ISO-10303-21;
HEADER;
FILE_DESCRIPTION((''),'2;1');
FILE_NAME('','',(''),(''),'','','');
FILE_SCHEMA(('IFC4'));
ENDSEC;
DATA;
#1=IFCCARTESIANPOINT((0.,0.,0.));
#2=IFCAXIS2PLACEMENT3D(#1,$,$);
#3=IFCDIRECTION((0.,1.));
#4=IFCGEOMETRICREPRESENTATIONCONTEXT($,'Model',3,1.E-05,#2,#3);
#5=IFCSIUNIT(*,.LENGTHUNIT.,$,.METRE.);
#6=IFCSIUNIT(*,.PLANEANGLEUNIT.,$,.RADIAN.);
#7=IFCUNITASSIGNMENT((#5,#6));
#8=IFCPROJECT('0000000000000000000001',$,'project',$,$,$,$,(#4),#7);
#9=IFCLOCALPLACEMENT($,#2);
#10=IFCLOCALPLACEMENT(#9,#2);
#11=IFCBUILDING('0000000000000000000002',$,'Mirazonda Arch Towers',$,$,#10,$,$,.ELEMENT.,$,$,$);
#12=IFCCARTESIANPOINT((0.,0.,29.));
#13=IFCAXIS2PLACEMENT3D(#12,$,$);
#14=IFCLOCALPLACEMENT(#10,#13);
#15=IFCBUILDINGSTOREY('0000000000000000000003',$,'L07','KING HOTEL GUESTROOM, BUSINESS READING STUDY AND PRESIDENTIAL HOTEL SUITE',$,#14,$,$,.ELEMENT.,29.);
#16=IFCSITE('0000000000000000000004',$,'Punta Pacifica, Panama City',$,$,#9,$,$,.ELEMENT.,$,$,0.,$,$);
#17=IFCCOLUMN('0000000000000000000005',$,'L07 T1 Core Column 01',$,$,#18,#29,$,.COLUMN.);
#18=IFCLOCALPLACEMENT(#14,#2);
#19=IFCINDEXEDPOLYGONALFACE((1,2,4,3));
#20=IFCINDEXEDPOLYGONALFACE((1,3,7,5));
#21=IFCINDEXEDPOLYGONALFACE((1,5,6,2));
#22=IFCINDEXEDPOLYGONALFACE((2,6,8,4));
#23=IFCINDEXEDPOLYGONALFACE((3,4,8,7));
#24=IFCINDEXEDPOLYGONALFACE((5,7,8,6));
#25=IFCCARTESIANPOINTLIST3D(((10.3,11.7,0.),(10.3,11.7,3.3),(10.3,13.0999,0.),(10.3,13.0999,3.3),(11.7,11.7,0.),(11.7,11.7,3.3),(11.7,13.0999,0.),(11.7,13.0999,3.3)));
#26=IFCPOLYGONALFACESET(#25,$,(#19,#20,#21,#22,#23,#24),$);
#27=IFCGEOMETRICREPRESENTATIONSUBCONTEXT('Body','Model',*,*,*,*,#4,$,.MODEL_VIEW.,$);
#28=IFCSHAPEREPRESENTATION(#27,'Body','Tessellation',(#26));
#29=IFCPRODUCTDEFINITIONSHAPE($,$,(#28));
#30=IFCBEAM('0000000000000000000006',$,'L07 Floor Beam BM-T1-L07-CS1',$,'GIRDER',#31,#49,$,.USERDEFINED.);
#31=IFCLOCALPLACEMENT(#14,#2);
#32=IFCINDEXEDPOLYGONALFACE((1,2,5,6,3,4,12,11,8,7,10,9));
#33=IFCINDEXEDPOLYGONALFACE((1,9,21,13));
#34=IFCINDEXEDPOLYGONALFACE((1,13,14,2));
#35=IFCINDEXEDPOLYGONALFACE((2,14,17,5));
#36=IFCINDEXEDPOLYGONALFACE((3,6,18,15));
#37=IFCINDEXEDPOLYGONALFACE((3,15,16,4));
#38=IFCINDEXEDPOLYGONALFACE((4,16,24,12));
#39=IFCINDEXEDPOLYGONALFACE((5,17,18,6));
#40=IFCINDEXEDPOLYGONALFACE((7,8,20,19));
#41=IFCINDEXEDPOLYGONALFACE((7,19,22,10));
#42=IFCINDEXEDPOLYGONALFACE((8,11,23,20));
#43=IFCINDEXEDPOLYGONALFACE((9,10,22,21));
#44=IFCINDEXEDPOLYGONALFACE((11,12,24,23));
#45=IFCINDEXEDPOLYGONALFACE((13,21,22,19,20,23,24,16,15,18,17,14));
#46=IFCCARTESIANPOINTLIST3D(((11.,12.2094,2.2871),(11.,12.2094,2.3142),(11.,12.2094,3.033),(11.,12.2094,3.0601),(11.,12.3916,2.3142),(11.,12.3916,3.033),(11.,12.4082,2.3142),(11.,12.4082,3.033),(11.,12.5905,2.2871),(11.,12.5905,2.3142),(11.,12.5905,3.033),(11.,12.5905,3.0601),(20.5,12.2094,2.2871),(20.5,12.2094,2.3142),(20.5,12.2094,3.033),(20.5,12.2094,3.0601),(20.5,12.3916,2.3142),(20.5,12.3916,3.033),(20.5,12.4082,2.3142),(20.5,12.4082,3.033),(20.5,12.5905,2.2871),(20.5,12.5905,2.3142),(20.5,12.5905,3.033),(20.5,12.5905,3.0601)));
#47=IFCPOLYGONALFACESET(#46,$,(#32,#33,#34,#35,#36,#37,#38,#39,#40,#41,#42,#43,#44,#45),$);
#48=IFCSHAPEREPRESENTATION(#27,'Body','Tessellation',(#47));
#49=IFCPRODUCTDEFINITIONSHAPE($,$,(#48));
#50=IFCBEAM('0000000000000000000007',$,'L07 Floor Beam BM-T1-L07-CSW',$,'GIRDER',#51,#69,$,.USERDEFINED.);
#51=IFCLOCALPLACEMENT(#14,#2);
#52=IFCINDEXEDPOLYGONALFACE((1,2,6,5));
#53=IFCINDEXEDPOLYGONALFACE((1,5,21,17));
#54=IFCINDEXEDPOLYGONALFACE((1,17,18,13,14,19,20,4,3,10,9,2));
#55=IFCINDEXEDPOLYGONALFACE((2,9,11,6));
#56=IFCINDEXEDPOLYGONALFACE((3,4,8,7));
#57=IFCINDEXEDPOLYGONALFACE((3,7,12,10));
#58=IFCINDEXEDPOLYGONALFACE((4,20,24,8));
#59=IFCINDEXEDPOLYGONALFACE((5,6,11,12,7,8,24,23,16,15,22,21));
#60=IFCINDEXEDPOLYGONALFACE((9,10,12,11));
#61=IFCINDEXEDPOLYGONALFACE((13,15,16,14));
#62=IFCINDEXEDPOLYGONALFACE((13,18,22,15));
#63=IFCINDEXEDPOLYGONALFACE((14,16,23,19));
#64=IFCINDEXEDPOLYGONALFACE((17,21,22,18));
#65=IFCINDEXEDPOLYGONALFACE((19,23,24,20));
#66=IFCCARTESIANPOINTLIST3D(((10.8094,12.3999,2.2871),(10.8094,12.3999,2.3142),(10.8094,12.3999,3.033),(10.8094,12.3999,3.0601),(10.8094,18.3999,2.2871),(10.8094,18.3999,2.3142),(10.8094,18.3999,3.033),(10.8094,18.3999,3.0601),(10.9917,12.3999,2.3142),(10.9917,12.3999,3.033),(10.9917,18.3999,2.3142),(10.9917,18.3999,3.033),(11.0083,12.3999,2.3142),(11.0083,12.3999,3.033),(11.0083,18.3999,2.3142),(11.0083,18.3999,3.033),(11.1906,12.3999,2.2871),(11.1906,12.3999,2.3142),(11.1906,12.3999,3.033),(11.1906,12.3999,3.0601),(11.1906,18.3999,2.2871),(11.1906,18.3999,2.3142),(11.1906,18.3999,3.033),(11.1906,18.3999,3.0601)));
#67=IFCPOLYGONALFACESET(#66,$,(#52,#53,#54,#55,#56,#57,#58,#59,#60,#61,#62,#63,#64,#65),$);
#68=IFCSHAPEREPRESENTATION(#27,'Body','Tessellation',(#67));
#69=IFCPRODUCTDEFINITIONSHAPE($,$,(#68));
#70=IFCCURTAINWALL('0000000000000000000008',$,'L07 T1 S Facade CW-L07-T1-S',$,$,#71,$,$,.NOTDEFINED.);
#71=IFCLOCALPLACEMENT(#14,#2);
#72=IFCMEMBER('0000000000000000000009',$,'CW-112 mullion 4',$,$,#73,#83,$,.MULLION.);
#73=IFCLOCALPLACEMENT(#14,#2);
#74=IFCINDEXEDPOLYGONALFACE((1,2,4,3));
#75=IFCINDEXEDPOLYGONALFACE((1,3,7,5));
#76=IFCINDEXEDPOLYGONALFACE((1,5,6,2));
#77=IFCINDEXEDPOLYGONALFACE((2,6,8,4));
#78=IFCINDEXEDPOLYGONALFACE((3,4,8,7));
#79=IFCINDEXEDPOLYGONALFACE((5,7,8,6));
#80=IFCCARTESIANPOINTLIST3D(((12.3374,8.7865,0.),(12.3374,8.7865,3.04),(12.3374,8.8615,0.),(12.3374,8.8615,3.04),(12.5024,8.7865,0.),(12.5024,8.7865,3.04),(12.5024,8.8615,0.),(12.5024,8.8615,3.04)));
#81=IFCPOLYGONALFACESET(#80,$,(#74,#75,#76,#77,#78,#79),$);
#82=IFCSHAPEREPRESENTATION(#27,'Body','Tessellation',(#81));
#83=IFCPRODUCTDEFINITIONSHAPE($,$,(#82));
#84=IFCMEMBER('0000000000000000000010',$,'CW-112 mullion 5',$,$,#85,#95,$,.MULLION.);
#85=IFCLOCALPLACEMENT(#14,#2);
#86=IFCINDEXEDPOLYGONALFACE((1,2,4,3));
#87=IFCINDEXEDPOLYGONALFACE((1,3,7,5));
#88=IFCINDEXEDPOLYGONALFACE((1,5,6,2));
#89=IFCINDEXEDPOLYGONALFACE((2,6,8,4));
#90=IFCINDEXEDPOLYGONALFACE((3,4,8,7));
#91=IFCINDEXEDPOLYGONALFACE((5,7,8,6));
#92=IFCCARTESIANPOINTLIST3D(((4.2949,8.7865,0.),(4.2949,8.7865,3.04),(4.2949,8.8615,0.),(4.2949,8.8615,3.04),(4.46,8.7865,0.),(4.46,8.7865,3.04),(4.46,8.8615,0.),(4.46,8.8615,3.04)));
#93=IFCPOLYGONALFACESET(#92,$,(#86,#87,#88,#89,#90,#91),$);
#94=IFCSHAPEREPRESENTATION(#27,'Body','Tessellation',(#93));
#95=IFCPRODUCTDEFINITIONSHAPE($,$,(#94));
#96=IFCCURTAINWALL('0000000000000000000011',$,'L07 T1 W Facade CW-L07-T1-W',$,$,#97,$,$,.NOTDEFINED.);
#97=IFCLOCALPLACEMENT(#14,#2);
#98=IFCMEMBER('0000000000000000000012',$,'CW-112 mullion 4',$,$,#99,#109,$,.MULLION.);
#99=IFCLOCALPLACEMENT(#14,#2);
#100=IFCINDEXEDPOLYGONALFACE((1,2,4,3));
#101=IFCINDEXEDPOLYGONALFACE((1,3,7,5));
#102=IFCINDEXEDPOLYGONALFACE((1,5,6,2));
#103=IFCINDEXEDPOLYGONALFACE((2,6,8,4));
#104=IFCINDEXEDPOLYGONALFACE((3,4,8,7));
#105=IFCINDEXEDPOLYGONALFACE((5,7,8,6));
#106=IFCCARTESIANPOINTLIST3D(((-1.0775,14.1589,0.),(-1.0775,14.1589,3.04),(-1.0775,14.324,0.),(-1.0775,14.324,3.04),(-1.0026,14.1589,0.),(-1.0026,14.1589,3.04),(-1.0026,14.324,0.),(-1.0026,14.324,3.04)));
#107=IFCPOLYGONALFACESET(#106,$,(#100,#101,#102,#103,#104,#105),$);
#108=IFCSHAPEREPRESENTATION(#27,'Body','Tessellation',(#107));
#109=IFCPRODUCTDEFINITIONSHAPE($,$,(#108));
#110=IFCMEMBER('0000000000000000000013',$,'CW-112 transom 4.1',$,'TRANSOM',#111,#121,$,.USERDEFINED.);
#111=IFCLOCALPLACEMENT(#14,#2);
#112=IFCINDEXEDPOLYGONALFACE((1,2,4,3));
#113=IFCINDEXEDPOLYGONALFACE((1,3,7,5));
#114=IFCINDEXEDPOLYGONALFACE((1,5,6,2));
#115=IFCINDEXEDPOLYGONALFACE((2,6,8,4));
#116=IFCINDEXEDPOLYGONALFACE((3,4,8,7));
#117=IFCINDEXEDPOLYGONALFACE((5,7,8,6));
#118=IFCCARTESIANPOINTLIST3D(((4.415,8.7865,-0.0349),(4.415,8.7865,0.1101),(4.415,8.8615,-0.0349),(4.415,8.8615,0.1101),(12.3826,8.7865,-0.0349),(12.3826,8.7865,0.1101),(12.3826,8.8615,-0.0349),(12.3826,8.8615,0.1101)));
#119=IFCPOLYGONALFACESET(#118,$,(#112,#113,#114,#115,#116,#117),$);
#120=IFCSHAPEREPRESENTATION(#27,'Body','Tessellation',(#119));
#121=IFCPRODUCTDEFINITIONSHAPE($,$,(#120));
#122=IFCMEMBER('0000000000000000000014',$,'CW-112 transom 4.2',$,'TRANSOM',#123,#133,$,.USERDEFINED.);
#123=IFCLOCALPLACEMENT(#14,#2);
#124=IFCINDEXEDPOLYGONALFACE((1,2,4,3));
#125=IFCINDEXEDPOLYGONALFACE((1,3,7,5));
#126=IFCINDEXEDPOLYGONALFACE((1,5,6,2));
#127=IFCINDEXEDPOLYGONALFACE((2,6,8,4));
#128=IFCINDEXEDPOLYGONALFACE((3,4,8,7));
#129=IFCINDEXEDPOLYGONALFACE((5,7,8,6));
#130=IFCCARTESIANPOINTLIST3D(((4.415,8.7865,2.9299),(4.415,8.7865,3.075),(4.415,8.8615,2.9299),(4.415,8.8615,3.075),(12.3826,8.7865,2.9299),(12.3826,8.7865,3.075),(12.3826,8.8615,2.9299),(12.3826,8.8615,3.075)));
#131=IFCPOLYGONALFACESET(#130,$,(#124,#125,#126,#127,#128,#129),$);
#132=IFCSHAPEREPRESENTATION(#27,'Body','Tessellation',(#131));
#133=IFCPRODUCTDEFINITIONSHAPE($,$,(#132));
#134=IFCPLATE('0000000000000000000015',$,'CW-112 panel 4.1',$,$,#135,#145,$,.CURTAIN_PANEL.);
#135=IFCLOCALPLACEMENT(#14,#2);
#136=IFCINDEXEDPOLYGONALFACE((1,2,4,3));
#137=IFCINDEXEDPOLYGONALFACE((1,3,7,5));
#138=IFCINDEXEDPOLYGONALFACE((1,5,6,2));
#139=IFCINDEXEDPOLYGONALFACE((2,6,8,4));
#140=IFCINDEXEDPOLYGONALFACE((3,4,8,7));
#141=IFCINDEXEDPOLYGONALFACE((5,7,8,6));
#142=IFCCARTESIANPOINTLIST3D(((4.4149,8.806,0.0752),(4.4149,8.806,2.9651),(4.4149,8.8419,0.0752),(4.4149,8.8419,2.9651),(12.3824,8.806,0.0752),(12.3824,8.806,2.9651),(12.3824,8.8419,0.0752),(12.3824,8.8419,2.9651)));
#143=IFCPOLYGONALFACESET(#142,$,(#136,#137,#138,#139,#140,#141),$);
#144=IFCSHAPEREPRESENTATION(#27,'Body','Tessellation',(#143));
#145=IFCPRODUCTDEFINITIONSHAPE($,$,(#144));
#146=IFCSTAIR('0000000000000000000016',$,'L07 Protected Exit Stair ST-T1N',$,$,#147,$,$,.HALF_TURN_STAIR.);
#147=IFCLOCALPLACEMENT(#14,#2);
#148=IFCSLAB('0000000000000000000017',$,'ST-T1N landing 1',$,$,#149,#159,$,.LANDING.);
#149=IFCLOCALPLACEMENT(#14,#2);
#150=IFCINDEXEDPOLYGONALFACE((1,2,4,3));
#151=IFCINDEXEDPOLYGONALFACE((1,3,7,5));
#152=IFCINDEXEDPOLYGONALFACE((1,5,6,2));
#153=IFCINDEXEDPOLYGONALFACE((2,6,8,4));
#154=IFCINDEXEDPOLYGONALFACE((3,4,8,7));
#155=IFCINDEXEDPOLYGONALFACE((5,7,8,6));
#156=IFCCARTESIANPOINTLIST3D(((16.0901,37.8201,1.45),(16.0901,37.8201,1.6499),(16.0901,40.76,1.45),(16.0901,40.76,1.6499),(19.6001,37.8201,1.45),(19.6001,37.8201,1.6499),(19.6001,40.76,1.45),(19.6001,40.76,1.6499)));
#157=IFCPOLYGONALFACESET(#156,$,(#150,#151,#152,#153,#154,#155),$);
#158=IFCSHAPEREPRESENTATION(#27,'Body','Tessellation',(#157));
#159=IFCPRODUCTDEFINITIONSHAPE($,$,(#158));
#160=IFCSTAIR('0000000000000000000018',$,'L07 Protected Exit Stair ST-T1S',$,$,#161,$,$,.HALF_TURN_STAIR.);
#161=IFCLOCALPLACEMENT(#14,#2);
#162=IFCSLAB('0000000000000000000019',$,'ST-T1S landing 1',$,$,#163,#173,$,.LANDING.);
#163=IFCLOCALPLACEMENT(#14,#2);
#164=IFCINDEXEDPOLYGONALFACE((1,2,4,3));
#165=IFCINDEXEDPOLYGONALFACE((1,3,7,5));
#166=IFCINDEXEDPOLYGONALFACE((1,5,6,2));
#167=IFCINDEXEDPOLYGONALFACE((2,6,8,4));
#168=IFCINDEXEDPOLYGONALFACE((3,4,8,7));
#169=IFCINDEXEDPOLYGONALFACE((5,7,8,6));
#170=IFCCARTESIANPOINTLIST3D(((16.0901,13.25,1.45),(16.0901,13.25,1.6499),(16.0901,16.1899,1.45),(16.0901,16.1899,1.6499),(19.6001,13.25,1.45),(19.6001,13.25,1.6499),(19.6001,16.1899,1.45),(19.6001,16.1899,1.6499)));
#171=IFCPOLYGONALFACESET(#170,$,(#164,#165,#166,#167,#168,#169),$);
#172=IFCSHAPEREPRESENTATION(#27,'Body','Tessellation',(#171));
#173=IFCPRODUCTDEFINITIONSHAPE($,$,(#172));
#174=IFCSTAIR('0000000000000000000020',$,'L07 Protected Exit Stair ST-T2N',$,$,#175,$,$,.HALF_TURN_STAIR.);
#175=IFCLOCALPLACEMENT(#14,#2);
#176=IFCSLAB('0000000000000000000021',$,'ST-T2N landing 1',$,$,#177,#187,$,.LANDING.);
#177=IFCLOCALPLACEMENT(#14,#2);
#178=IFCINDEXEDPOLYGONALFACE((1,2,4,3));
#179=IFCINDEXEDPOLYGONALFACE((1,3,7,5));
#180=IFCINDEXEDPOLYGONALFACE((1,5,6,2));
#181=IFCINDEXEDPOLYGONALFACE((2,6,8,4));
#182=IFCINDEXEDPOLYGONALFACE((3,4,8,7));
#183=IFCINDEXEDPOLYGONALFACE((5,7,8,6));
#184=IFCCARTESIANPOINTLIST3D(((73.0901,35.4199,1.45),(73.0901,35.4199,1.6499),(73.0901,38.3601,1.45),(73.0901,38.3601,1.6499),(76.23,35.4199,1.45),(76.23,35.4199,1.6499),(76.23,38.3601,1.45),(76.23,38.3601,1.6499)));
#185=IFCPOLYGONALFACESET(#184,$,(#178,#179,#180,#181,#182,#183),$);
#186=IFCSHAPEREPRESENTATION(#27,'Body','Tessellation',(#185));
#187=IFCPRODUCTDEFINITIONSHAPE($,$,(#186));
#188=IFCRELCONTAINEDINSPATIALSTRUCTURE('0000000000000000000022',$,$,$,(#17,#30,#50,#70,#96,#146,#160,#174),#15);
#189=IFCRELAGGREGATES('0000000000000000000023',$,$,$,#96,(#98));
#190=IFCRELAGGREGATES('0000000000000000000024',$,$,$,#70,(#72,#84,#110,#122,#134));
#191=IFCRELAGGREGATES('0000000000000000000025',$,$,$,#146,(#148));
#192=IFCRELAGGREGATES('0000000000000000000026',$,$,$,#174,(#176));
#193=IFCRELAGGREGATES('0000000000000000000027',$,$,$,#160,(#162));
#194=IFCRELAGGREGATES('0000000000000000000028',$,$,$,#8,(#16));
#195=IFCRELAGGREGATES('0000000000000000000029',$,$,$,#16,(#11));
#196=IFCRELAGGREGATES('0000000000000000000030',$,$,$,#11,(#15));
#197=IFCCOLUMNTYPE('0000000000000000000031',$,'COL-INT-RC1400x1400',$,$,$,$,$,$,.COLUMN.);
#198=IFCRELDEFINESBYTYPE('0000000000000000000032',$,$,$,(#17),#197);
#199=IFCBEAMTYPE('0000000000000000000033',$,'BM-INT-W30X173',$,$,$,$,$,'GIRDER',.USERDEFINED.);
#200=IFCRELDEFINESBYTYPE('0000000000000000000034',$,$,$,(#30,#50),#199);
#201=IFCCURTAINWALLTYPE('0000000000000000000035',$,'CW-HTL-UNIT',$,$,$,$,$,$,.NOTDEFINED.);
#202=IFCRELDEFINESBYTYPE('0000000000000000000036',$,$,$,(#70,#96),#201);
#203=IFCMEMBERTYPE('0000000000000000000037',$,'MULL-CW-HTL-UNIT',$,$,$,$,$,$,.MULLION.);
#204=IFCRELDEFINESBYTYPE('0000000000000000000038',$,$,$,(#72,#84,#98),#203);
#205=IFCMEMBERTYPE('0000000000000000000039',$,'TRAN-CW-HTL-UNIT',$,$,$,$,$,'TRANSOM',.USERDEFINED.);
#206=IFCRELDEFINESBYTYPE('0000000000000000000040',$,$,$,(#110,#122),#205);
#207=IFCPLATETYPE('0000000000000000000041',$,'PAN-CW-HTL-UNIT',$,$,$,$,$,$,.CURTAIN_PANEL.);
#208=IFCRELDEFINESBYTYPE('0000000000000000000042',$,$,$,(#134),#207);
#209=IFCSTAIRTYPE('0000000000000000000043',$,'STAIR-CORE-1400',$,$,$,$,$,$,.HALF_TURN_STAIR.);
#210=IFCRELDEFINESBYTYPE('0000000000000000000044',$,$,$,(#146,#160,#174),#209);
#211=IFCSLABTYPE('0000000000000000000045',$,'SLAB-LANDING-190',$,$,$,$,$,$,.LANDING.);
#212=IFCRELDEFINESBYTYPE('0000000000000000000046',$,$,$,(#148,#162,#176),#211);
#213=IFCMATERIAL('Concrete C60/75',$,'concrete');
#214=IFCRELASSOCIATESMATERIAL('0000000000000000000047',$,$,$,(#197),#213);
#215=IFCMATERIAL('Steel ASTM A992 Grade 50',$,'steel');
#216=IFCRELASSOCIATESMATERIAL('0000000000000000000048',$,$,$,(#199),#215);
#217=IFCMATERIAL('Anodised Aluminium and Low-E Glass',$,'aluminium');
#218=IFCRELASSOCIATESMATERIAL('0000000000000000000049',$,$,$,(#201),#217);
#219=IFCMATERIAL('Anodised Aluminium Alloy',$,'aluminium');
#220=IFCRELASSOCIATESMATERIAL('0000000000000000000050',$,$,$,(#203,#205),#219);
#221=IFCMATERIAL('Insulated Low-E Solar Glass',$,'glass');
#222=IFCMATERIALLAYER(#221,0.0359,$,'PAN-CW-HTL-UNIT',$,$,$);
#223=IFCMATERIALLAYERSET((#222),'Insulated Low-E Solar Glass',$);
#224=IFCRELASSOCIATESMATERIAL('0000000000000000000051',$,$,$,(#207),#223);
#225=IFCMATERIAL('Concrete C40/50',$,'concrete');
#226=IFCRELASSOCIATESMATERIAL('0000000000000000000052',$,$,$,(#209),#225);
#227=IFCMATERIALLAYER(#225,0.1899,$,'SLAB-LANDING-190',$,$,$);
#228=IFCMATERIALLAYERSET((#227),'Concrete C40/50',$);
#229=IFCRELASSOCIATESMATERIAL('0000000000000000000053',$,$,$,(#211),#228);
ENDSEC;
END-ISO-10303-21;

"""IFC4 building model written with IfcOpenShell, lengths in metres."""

from ifc_helpers import new_model, si_unit, direction, frame, origin, origin_2d, place, context, subcontext, project, spatial, polyline, rectangle, i_section, outline, extrude, material, layer, layer_set, material_profile, profile_set, type_object, element, aggregate, save


model = new_model("IFC4")

# Units and contexts
model_context = context("Model", 3, precision=1e-05, world=origin(), true_north=direction((0.0, 1.0)))
body_context = subcontext(model_context, "Body", "Model", "MODEL_VIEW")
ifc_project = project(units=[si_unit("LENGTHUNIT", "METRE"), si_unit("PLANEANGLEUNIT", "RADIAN")], contexts=[model_context])

# Site, building, storey
site_placement = place(None, origin())
site = spatial("IfcSite", under=ifc_project, at=site_placement, Name="Punta Pacifica, Panama City", CompositionType="ELEMENT", RefElevation=0.0)
building_placement = place(site_placement, origin())
building = spatial("IfcBuilding", under=site, at=building_placement, Name="Mirazonda Arch Towers", CompositionType="ELEMENT")
storey_placement = place(building_placement, frame((0.0, 0.0, 29.0)))
storey = spatial("IfcBuildingStorey", under=building, at=storey_placement, Name="L07", Description="KING HOTEL GUESTROOM, BUSINESS READING STUDY AND PRESIDENTIAL HOTEL SUITE", CompositionType="ELEMENT", Elevation=29.0)

# Column
ifc_material_1 = material(Name="Concrete C60/75", Category="concrete")
ifc_material_profile_1 = material_profile(ifc_material_1, rectangle(XDim=1.3999, YDim=1.3999, at=origin_2d()), Name="RC1400x1400")
ifc_profile_set_1 = profile_set([ifc_material_profile_1], Name="Concrete C60/75")
column_type = type_object("IfcColumnType", Name="COL-INT-RC1400x1400", PredefinedType="COLUMN", material=ifc_profile_set_1)
column_placement = place(storey_placement, frame((11.0, 12.3999, 0.0), z_axis=(0.0, 0.0, 1.0), x_axis=(1.0, 0.0, 0.0)))
element("IfcColumn", 1, at=column_placement, inside=storey, type_object=column_type, Name="L07 T1 Core Column 01", PredefinedType="COLUMN", context=body_context, shape_type="SweptSolid", body=[
    extrude(rectangle(XDim=1.3999, YDim=1.3999, at=origin_2d()), origin(), (0.0, 0.0, 1.0), 3.3),
])

# Beams
ifc_material_2 = material(Name="Steel ASTM A992 Grade 50", Category="steel")
ifc_material_profile_2 = material_profile(ifc_material_2, i_section(OverallWidth=0.3811, OverallDepth=0.7729, WebThickness=0.0166, FlangeThickness=0.0271, at=origin_2d()), Name="W30X173")
ifc_profile_set_2 = profile_set([ifc_material_profile_2], Name="Steel ASTM A992 Grade 50")
beam_type = type_object("IfcBeamType", Name="BM-INT-W30X173", ElementType="GIRDER", PredefinedType="USERDEFINED", material=ifc_profile_set_2)
beam_1_placement = place(storey_placement, frame((11.0, 12.3999, 2.6736), z_axis=(1.0, 0.0, 0.0), x_axis=(0.0, 1.0, 0.0)))
element("IfcBeam", 2, at=beam_1_placement, inside=storey, type_object=beam_type, Name="L07 Floor Beam BM-T1-L07-CS1", ObjectType="GIRDER", PredefinedType="USERDEFINED", context=body_context, shape_type="SweptSolid", body=[
    extrude(i_section(OverallWidth=0.3811, OverallDepth=0.7729, WebThickness=0.0166, FlangeThickness=0.0271, at=origin_2d()), origin(), (0.0, 0.0, 1.0), 9.5),
])
beam_2_placement = place(storey_placement, frame((11.0, 12.3999, 2.6736), z_axis=(0.0, 1.0, 0.0), x_axis=(-1.0, 0.0, 0.0)))
element("IfcBeam", 3, at=beam_2_placement, inside=storey, type_object=beam_type, Name="L07 Floor Beam BM-T1-L07-CSW", ObjectType="GIRDER", PredefinedType="USERDEFINED", context=body_context, shape_type="SweptSolid", body=[
    extrude(i_section(OverallWidth=0.3811, OverallDepth=0.7729, WebThickness=0.0166, FlangeThickness=0.0271, at=origin_2d()), origin(), (0.0, 0.0, 1.0), 6.0),
])

# Curtain wall, members
ifc_material_3 = material(Name="Anodised Aluminium and Low-E Glass", Category="aluminium")
curtain_wall_type = type_object("IfcCurtainWallType", Name="CW-HTL-UNIT", PredefinedType="NOTDEFINED", material=ifc_material_3)
curtain_wall_1_placement = place(storey_placement, origin())
curtain_wall_1 = element("IfcCurtainWall", 4, at=curtain_wall_1_placement, inside=storey, type_object=curtain_wall_type, Name="L07 T1 S Facade CW-L07-T1-S", PredefinedType="NOTDEFINED")
ifc_material_4 = material(Name="Anodised Aluminium Alloy", Category="aluminium")
ifc_material_profile_3 = material_profile(ifc_material_4, rectangle(XDim=0.075, YDim=0.165, at=origin_2d()), Name="ALU-MULL-75x165")
ifc_profile_set_3 = profile_set([ifc_material_profile_3], Name="Anodised Aluminium Alloy")
member_type_1 = type_object("IfcMemberType", Name="MULL-CW-HTL-UNIT", PredefinedType="MULLION", material=ifc_profile_set_3)
member_1_placement = place(storey_placement, frame((12.4199, 8.824, 0.0), z_axis=(0.0, 0.0, 1.0), x_axis=(0.0, -1.0, 0.0)))
member_1 = element("IfcMember", 5, at=member_1_placement, type_object=member_type_1, Name="CW-112 mullion 4", PredefinedType="MULLION", context=body_context, shape_type="SweptSolid", body=[
    extrude(rectangle(XDim=0.075, YDim=0.165, at=origin_2d()), origin(), (0.0, 0.0, 1.0), 3.04),
])
member_2_placement = place(storey_placement, frame((4.3774, 8.824, 0.0), z_axis=(0.0, 0.0, 1.0), x_axis=(0.0, -1.0, 0.0)))
member_2 = element("IfcMember", 6, at=member_2_placement, type_object=member_type_1, Name="CW-112 mullion 5", PredefinedType="MULLION", context=body_context, shape_type="SweptSolid", body=[
    extrude(rectangle(XDim=0.075, YDim=0.165, at=origin_2d()), origin(), (0.0, 0.0, 1.0), 3.04),
])

# Curtain wall, member
curtain_wall_2_placement = place(storey_placement, origin())
curtain_wall_2 = element("IfcCurtainWall", 7, at=curtain_wall_2_placement, inside=storey, type_object=curtain_wall_type, Name="L07 T1 W Facade CW-L07-T1-W", PredefinedType="NOTDEFINED")
member_3_placement = place(storey_placement, frame((-1.04, 14.2415, 0.0), z_axis=(0.0, 0.0, 1.0), x_axis=(1.0, 0.0, 0.0)))
member_3 = element("IfcMember", 8, at=member_3_placement, type_object=member_type_1, Name="CW-112 mullion 4", PredefinedType="MULLION", context=body_context, shape_type="SweptSolid", body=[
    extrude(rectangle(XDim=0.075, YDim=0.165, at=origin_2d()), origin(), (0.0, 0.0, 1.0), 3.04),
])
aggregate(curtain_wall_2, [member_3])

# Members
ifc_material_profile_4 = material_profile(ifc_material_4, rectangle(XDim=0.075, YDim=0.145, at=origin_2d()), Name="ALU-TRAN-75x145")
ifc_profile_set_4 = profile_set([ifc_material_profile_4], Name="Anodised Aluminium Alloy")
member_type_2 = type_object("IfcMemberType", Name="TRAN-CW-HTL-UNIT", ElementType="TRANSOM", PredefinedType="USERDEFINED", material=ifc_profile_set_4)
member_4_placement = place(storey_placement, frame((12.3826, 8.824, 0.0376), z_axis=(-1.0, 0.0, 0.0), x_axis=(0.0, -1.0, 0.0)))
member_4 = element("IfcMember", 9, at=member_4_placement, type_object=member_type_2, Name="CW-112 transom 4.1", ObjectType="TRANSOM", PredefinedType="USERDEFINED", context=body_context, shape_type="SweptSolid", body=[
    extrude(rectangle(XDim=0.075, YDim=0.145, at=origin_2d()), origin(), (0.0, 0.0, 1.0), 7.9675),
])
member_5_placement = place(storey_placement, frame((12.3826, 8.824, 3.0024), z_axis=(-1.0, 0.0, 0.0), x_axis=(0.0, -1.0, 0.0)))
member_5 = element("IfcMember", 10, at=member_5_placement, type_object=member_type_2, Name="CW-112 transom 4.2", ObjectType="TRANSOM", PredefinedType="USERDEFINED", context=body_context, shape_type="SweptSolid", body=[
    extrude(rectangle(XDim=0.075, YDim=0.145, at=origin_2d()), origin(), (0.0, 0.0, 1.0), 7.9675),
])

# Plate
ifc_material_5 = material(Name="Insulated Low-E Solar Glass", Category="glass")
ifc_layer_1 = layer(ifc_material_5, 0.0359, Name="PAN-CW-HTL-UNIT")
ifc_layer_set_1 = layer_set([ifc_layer_1], Name="Insulated Low-E Solar Glass")
plate_type = type_object("IfcPlateType", Name="PAN-CW-HTL-UNIT", PredefinedType="CURTAIN_PANEL", material=ifc_layer_set_1)
plate_placement = place(storey_placement, frame((8.3987, 8.824, 0.0752), z_axis=(0.0, 0.0, 1.0), x_axis=(-1.0, 0.0, 0.0)))
plate = element("IfcPlate", 11, at=plate_placement, type_object=plate_type, Name="CW-112 panel 4.1", PredefinedType="CURTAIN_PANEL", context=body_context, shape_type="SweptSolid", body=[
    extrude(rectangle(XDim=7.9675, YDim=0.0359, at=origin_2d()), origin(), (0.0, 0.0, 1.0), 2.8899),
])
aggregate(curtain_wall_1, [member_1, member_2, member_4, member_5, plate])

# Stairs, slabs
ifc_material_6 = material(Name="Concrete C40/50", Category="concrete")
stair_type = type_object("IfcStairType", Name="STAIR-CORE-1400", PredefinedType="HALF_TURN_STAIR", material=ifc_material_6)
stair_1_placement = place(storey_placement, origin())
stair_1 = element("IfcStair", 12, at=stair_1_placement, inside=storey, type_object=stair_type, Name="L07 Protected Exit Stair ST-T1N", PredefinedType="HALF_TURN_STAIR")
ifc_layer_2 = layer(ifc_material_6, 0.1899, Name="SLAB-LANDING-190")
ifc_layer_set_2 = layer_set([ifc_layer_2], Name="Concrete C40/50")
slab_type_1 = type_object("IfcSlabType", Name="SLAB-LANDING-190", PredefinedType="LANDING", material=ifc_layer_set_2)
slab_1_placement = place(storey_placement, frame((0.0, 0.0, 1.45)))
slab_1 = element("IfcSlab", 13, at=slab_1_placement, type_object=slab_type_1, Name="ST-T1N landing 1", PredefinedType="LANDING", context=body_context, shape_type="SweptSolid", body=[
    extrude(outline(polyline([(16.0901, 37.8201), (19.6001, 37.8201), (19.6001, 40.76), (16.0901, 40.76), (16.0901, 37.8201)])), origin(), (0.0, 0.0, 1.0), 0.2),
])
aggregate(stair_1, [slab_1])
stair_2_placement = place(storey_placement, origin())
stair_2 = element("IfcStair", 14, at=stair_2_placement, inside=storey, type_object=stair_type, Name="L07 Protected Exit Stair ST-T1S", PredefinedType="HALF_TURN_STAIR")
slab_2_placement = place(storey_placement, frame((0.0, 0.0, 1.45)))
slab_2 = element("IfcSlab", 15, at=slab_2_placement, type_object=slab_type_1, Name="ST-T1S landing 1", PredefinedType="LANDING", context=body_context, shape_type="SweptSolid", body=[
    extrude(outline(polyline([(16.0901, 13.25), (19.6001, 13.25), (19.6001, 16.1899), (16.0901, 16.1899), (16.0901, 13.25)])), origin(), (0.0, 0.0, 1.0), 0.2),
])
stair_3_placement = place(storey_placement, origin())
stair_3 = element("IfcStair", 16, at=stair_3_placement, inside=storey, type_object=stair_type, Name="L07 Protected Exit Stair ST-T2N", PredefinedType="HALF_TURN_STAIR")
slab_3_placement = place(storey_placement, frame((0.0, 0.0, 1.45)))
slab_3 = element("IfcSlab", 17, at=slab_3_placement, type_object=slab_type_1, Name="ST-T2N landing 1", PredefinedType="LANDING", context=body_context, shape_type="SweptSolid", body=[
    extrude(outline(polyline([(73.0901, 35.4199), (76.23, 35.4199), (76.23, 38.3601), (73.0901, 38.3601), (73.0901, 35.4199)])), origin(), (0.0, 0.0, 1.0), 0.2),
])
aggregate(stair_3, [slab_3])

aggregate(stair_2, [slab_2])

save(model, "model.ifc")
